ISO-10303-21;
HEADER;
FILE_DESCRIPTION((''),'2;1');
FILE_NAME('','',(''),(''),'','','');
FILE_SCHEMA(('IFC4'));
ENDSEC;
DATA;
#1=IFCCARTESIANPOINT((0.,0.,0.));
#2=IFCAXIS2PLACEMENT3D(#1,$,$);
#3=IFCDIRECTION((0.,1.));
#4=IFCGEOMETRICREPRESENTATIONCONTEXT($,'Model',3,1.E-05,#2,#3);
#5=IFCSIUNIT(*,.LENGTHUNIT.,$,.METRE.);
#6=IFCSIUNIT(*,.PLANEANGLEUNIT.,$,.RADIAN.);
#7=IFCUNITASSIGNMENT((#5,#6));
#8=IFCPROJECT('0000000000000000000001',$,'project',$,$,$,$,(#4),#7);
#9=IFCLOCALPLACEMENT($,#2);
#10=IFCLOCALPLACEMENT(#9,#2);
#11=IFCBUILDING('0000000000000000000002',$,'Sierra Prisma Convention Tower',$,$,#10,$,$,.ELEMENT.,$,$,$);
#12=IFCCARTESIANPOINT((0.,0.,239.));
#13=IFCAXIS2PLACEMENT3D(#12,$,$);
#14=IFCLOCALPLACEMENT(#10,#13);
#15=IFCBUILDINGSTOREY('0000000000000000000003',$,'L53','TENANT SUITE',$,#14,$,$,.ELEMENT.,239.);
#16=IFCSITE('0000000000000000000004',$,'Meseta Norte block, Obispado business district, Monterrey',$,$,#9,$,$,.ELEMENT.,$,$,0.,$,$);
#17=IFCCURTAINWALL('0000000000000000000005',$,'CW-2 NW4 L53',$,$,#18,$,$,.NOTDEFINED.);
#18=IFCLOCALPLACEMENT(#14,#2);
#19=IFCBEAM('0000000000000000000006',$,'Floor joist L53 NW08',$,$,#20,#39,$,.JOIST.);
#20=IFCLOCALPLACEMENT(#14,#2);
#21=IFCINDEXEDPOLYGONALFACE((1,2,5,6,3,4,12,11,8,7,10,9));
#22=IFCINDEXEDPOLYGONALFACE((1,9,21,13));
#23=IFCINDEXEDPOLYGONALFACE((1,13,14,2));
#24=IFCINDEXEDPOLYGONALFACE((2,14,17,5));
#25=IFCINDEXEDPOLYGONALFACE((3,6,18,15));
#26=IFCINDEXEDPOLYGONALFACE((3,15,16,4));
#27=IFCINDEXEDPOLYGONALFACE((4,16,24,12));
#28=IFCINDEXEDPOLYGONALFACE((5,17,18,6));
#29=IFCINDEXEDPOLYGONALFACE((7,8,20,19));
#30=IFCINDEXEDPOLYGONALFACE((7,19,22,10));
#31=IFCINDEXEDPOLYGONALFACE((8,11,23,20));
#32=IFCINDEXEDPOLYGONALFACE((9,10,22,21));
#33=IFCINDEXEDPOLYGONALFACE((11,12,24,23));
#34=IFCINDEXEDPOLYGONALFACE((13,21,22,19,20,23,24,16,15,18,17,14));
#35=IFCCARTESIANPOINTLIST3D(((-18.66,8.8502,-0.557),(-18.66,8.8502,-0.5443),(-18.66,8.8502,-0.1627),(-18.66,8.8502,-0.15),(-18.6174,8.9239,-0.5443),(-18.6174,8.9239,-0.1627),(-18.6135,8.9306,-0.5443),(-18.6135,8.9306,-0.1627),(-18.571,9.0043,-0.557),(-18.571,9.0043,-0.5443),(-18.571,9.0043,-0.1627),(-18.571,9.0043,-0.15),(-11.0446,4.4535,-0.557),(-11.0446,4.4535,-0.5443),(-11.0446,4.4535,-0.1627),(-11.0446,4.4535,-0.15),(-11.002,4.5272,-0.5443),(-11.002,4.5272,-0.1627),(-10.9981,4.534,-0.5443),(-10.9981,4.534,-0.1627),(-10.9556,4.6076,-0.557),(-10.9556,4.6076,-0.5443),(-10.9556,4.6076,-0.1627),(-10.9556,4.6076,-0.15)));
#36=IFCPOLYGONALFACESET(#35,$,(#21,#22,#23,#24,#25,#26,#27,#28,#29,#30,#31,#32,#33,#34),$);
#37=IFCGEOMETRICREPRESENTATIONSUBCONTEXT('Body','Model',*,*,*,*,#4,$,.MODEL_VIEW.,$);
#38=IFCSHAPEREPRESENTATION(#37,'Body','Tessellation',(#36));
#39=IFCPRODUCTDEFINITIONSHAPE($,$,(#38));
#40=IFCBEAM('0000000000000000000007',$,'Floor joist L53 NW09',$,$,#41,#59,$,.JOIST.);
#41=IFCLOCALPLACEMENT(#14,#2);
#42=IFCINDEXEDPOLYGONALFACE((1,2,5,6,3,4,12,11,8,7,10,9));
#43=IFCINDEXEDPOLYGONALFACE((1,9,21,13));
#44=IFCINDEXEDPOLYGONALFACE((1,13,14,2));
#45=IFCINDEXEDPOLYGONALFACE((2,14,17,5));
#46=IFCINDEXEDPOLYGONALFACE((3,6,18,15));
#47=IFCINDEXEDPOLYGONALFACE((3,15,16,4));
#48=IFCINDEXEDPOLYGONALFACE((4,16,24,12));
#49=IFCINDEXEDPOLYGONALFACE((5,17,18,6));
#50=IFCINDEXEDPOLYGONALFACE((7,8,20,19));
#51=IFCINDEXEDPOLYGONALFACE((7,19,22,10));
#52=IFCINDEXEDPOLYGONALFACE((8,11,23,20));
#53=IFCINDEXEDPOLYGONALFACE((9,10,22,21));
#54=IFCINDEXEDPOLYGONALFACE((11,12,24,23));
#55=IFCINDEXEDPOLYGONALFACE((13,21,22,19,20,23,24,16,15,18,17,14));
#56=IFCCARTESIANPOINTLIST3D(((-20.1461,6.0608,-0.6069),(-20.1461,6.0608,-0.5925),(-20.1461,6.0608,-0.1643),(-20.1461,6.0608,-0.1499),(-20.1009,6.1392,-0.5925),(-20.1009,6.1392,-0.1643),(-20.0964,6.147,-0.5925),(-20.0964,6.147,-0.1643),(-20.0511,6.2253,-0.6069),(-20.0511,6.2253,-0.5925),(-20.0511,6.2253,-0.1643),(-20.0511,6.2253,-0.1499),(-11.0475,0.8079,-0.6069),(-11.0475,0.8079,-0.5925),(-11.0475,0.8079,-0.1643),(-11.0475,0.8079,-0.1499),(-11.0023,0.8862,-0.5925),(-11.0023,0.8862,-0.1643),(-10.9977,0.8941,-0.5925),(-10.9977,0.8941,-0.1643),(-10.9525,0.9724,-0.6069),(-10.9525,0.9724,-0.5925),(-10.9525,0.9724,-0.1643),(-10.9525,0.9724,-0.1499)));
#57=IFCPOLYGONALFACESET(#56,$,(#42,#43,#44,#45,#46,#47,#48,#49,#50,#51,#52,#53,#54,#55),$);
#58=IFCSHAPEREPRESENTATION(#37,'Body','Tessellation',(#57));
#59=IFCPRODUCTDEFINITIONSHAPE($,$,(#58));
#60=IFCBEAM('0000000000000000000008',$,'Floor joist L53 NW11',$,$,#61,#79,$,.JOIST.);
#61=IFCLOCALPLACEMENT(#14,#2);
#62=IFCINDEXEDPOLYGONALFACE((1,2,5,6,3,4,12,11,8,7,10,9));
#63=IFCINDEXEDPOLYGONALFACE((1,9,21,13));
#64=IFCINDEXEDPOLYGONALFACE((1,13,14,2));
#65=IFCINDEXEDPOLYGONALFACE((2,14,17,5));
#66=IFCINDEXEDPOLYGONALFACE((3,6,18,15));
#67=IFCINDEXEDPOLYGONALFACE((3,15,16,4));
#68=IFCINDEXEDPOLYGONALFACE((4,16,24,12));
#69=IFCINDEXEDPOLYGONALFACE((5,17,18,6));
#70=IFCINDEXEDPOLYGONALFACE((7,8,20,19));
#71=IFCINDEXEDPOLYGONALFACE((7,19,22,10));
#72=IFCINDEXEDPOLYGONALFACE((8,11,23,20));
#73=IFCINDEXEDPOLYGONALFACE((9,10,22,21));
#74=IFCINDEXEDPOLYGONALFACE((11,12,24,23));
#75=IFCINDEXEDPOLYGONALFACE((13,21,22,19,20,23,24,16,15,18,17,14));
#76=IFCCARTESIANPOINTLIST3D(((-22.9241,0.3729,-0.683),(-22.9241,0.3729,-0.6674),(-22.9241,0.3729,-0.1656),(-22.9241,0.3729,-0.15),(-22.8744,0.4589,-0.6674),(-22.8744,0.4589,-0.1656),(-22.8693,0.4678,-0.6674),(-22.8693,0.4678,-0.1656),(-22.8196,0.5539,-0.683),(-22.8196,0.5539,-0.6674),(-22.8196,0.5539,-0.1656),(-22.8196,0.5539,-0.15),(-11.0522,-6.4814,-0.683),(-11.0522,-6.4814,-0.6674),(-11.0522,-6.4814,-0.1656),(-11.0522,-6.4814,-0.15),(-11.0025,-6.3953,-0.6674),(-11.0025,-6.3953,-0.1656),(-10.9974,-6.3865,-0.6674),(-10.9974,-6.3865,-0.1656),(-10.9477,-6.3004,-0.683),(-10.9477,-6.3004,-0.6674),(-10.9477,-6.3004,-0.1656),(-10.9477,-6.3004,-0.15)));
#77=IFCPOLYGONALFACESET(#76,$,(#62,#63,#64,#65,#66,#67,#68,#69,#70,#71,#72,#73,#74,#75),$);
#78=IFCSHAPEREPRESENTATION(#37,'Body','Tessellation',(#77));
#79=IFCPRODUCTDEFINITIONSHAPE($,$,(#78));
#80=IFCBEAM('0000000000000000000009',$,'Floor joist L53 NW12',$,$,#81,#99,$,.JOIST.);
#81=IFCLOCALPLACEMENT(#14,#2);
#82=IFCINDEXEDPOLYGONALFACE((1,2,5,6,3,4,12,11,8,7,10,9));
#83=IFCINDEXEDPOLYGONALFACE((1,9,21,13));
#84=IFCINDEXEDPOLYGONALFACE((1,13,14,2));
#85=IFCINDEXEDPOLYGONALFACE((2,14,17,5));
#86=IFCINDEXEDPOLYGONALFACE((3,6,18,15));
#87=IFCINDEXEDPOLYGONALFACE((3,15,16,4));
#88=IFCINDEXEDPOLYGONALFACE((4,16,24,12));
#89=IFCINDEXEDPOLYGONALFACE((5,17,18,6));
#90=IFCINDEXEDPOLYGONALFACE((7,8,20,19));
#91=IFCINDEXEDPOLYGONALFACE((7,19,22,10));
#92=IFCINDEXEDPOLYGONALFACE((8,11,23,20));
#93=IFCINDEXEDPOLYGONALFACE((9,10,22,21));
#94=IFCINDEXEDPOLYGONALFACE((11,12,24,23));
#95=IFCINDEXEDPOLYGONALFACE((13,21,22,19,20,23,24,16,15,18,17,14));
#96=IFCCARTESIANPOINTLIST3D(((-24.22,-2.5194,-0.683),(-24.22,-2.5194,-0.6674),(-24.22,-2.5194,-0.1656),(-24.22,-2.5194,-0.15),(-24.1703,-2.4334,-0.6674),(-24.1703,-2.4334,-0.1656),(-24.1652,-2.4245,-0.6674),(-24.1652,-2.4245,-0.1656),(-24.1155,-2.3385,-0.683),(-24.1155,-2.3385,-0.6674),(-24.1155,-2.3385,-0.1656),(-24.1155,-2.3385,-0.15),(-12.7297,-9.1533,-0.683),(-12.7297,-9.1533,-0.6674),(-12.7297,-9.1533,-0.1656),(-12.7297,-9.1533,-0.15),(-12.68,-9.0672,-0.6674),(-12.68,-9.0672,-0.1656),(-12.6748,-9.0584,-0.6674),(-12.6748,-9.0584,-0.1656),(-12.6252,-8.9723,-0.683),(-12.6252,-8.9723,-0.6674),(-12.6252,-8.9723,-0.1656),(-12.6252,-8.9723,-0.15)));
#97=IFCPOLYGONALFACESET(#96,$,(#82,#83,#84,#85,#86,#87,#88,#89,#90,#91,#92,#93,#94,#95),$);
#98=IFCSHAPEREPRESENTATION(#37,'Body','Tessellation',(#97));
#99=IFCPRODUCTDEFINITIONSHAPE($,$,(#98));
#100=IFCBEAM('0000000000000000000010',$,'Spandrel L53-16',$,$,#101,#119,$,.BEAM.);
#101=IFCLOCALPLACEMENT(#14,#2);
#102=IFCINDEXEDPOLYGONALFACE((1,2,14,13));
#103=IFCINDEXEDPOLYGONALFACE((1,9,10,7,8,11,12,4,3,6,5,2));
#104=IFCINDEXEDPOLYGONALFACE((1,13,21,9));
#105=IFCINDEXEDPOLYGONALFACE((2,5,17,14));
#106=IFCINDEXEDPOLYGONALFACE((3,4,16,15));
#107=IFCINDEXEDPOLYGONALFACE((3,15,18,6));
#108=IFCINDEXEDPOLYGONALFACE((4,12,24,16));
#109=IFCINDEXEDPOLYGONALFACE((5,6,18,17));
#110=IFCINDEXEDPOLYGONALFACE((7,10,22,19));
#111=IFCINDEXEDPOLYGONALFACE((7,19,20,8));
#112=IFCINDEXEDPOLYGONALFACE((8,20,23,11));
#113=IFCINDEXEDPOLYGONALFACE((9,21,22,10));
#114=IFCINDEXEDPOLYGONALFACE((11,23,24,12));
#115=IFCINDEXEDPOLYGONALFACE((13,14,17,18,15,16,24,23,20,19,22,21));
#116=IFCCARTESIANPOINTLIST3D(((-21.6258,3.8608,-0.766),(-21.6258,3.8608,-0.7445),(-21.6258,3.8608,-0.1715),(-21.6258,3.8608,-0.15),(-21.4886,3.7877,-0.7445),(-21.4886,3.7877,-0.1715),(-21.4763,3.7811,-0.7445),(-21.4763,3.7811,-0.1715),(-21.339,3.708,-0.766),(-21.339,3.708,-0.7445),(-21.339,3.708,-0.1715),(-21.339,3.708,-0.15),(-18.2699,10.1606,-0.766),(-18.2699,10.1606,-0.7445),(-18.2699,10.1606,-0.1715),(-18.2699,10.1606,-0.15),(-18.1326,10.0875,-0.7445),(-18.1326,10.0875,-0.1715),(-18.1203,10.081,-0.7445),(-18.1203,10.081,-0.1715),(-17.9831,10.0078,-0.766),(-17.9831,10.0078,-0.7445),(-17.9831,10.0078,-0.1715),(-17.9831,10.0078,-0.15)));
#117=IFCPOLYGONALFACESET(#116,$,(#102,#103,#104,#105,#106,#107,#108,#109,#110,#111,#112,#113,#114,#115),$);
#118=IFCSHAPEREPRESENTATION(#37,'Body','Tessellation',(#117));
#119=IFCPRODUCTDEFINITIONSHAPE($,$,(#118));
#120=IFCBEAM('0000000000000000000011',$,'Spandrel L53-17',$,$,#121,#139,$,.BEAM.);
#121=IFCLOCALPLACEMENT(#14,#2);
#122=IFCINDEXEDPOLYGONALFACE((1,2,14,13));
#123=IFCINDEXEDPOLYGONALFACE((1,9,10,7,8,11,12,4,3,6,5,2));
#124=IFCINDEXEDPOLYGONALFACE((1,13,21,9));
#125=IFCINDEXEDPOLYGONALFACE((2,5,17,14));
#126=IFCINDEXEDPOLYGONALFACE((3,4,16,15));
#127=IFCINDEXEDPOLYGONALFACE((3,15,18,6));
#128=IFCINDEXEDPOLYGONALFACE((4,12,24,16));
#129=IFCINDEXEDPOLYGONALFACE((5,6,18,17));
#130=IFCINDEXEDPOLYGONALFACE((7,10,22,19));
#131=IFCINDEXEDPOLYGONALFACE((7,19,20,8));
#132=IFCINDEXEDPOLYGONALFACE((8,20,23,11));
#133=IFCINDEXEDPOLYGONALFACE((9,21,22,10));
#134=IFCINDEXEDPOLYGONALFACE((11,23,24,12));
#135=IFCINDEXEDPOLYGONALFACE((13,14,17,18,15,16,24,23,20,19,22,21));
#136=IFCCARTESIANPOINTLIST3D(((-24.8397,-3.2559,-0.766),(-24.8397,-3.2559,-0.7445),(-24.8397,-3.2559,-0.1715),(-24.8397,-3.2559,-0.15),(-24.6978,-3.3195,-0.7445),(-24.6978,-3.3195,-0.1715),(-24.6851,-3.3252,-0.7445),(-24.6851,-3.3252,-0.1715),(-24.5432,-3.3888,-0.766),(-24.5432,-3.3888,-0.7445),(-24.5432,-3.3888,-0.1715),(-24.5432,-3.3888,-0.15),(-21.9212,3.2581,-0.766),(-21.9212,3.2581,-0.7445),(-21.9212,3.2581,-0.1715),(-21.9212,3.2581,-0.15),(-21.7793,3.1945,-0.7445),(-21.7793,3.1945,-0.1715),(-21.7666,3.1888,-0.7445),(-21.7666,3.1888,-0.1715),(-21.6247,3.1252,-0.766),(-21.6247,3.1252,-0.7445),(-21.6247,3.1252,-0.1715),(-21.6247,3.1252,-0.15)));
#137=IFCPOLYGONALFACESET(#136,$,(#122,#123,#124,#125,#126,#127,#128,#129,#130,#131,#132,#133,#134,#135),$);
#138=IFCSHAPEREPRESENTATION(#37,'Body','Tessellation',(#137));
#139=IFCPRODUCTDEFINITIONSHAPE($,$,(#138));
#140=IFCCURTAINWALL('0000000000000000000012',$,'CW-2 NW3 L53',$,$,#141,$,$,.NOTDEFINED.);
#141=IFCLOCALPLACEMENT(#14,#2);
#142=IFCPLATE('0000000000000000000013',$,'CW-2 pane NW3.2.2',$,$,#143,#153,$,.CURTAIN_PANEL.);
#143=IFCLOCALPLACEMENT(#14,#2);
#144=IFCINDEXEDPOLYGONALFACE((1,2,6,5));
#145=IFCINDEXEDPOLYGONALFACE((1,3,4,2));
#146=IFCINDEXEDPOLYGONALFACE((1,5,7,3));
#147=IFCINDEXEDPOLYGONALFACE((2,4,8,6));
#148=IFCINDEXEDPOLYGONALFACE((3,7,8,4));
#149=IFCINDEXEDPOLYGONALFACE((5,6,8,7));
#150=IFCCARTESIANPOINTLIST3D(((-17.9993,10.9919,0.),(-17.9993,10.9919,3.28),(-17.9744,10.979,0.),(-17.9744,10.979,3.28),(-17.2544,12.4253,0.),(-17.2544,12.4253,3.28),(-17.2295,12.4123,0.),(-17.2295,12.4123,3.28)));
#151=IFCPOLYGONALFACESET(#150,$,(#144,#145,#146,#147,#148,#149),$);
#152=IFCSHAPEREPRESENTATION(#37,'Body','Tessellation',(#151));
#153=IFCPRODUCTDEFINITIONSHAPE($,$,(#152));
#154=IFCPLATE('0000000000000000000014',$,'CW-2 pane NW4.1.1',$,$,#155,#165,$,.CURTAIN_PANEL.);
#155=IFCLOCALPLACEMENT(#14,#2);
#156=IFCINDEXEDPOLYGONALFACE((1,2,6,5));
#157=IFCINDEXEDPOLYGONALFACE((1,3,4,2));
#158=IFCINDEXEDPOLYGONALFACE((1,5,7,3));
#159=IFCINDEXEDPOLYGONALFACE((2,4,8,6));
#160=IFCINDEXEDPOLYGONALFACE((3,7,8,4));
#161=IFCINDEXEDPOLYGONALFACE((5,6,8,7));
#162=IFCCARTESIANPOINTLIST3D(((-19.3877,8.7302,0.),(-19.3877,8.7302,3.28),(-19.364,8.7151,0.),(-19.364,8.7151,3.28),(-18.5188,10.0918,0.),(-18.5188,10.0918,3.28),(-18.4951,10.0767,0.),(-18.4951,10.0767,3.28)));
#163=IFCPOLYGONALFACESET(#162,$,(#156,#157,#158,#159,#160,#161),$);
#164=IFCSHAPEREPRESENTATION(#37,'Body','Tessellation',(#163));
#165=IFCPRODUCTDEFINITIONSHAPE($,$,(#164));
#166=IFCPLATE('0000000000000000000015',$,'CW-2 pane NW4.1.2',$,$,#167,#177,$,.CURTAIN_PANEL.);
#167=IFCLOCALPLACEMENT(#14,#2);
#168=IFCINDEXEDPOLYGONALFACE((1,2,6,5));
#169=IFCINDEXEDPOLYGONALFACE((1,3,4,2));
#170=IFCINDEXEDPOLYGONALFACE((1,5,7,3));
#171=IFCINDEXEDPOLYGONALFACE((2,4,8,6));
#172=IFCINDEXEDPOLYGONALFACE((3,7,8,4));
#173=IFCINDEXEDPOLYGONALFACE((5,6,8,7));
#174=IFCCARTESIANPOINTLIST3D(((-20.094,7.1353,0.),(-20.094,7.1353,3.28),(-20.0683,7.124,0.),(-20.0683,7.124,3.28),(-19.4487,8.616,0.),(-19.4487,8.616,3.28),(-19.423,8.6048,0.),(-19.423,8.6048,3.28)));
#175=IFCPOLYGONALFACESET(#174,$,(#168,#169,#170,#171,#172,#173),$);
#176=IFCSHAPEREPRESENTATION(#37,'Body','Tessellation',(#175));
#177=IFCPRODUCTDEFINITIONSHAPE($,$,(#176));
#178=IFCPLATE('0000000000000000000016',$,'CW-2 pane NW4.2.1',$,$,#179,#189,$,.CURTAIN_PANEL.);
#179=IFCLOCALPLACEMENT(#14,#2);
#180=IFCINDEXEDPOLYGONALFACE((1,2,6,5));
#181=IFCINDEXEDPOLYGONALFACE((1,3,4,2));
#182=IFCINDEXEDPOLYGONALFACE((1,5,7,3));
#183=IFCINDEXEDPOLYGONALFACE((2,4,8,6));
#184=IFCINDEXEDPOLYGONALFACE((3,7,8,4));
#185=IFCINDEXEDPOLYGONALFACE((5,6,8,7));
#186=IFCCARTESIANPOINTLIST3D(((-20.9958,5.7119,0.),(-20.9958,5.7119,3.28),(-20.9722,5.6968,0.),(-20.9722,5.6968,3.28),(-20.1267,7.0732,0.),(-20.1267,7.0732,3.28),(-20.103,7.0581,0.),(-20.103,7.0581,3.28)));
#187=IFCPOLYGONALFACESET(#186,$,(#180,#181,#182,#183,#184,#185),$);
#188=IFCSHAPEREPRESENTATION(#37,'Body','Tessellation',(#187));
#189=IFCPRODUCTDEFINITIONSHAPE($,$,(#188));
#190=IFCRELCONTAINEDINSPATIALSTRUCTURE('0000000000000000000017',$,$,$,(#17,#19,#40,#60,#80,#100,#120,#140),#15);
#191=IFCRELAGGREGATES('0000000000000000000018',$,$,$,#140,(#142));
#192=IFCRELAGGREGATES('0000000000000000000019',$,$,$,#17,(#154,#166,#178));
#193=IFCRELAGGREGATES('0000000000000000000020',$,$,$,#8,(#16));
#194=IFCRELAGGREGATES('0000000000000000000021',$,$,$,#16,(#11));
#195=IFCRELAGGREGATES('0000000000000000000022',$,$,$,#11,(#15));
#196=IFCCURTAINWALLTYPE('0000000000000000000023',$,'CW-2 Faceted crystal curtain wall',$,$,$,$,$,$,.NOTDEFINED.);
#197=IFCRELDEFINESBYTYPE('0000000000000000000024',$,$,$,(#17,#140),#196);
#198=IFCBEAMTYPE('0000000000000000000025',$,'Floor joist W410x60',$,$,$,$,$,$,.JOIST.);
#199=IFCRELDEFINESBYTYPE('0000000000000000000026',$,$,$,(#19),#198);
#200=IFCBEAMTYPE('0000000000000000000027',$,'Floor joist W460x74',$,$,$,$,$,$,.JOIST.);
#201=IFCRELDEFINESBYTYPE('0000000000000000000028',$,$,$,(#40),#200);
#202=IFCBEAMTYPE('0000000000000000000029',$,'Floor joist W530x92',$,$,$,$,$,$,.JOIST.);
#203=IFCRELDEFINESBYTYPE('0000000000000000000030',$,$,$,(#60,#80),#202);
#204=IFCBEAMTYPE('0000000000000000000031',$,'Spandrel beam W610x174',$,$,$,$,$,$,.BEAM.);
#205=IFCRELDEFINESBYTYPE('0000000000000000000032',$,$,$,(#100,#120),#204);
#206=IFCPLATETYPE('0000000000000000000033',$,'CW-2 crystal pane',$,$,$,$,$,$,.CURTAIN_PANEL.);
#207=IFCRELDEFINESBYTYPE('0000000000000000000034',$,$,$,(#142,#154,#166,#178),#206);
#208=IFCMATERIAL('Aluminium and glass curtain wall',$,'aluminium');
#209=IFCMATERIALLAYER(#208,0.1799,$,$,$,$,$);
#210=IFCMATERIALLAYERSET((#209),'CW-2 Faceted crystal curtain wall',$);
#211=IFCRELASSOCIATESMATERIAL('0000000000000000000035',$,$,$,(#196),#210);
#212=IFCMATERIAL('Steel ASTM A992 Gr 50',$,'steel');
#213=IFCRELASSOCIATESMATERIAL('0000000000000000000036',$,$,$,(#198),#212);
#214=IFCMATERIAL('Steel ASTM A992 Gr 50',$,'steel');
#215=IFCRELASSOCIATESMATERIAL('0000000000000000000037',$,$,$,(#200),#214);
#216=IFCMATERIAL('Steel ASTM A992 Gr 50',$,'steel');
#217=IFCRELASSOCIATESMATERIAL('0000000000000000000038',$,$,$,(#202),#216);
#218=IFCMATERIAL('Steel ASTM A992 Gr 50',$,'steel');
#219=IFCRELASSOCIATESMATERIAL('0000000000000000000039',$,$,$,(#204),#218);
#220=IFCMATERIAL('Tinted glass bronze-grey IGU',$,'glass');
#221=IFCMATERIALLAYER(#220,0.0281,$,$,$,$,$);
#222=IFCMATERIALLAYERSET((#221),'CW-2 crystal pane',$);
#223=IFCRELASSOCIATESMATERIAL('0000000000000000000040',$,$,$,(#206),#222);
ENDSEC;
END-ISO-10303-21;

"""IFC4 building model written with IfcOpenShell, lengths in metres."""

from ifc_helpers import new_model, si_unit, direction, frame, origin, origin_2d, place, context, subcontext, project, spatial, polyline, i_section, outline, extrude, material, layer, layer_set, material_profile, profile_set, type_object, element, aggregate, save


model = new_model("IFC4")

# Units and contexts
model_context = context("Model", 3, precision=1e-05, world=origin(), true_north=direction((0.0, 1.0)))
body_context = subcontext(model_context, "Body", "Model", "MODEL_VIEW")
ifc_project = project(units=[si_unit("LENGTHUNIT", "METRE"), si_unit("PLANEANGLEUNIT", "RADIAN")], contexts=[model_context])

# Site, building, storey
site_placement = place(None, origin())
site = spatial("IfcSite", under=ifc_project, at=site_placement, Name="Meseta Norte block, Obispado business district, Monterrey", CompositionType="ELEMENT", RefElevation=0.0)
building_placement = place(site_placement, origin())
building = spatial("IfcBuilding", under=site, at=building_placement, Name="Sierra Prisma Convention Tower", CompositionType="ELEMENT")
storey_placement = place(building_placement, frame((0.0, 0.0, 239.0)))
storey = spatial("IfcBuildingStorey", under=building, at=storey_placement, Name="L53", Description="TENANT SUITE", CompositionType="ELEMENT", Elevation=239.0)

# Curtain wall
ifc_material_1 = material(Name="Aluminium and glass curtain wall", Category="aluminium")
ifc_layer_1 = layer(ifc_material_1, 0.1799)
ifc_layer_set_1 = layer_set([ifc_layer_1], Name="CW-2 Faceted crystal curtain wall")
curtain_wall_type = type_object("IfcCurtainWallType", Name="CW-2 Faceted crystal curtain wall", PredefinedType="NOTDEFINED", material=ifc_layer_set_1)
curtain_wall_1_placement = place(storey_placement, origin())
curtain_wall_1 = element("IfcCurtainWall", 1, at=curtain_wall_1_placement, inside=storey, type_object=curtain_wall_type, Name="CW-2 NW4 L53", PredefinedType="NOTDEFINED")

# Beams
ifc_material_2 = material(Name="Steel ASTM A992 Gr 50", Category="steel")
ifc_material_profile_1 = material_profile(ifc_material_2, i_section(OverallWidth=0.178, OverallDepth=0.407, WebThickness=0.0078, FlangeThickness=0.0127, at=origin_2d()), Name="W410x60")
ifc_profile_set_1 = profile_set([ifc_material_profile_1], Name="Steel ASTM A992 Gr 50")
beam_type_1 = type_object("IfcBeamType", Name="Floor joist W410x60", PredefinedType="JOIST", material=ifc_profile_set_1)
beam_1_placement = place(storey_placement, frame((-18.6155, 8.9272, -0.3535), z_axis=(0.866029, -0.499994, 0.0), x_axis=(0.499994, 0.866029, 0.0)))
element("IfcBeam", 2, at=beam_1_placement, inside=storey, type_object=beam_type_1, Name="Floor joist L53 NW08", PredefinedType="JOIST", context=body_context, shape_type="SweptSolid", body=[
    extrude(i_section(OverallWidth=0.178, OverallDepth=0.407, WebThickness=0.0078, FlangeThickness=0.0127, at=origin_2d()), origin(), (0.0, 0.0, 1.0), 8.7935),
])
ifc_material_3 = material(Name="Steel ASTM A992 Gr 50", Category="steel")
ifc_material_profile_2 = material_profile(ifc_material_3, i_section(OverallWidth=0.1899, OverallDepth=0.457, WebThickness=0.009, FlangeThickness=0.0144, at=origin_2d()), Name="W460x74")
ifc_profile_set_2 = profile_set([ifc_material_profile_2], Name="Steel ASTM A992 Gr 50")
beam_type_2 = type_object("IfcBeamType", Name="Floor joist W460x74", PredefinedType="JOIST", material=ifc_profile_set_2)
beam_2_placement = place(storey_placement, frame((-20.0986, 6.1431, -0.3784), z_axis=(0.866032, -0.499988, 0.0), x_axis=(0.499988, 0.866032, 0.0)))
element("IfcBeam", 3, at=beam_2_placement, inside=storey, type_object=beam_type_2, Name="Floor joist L53 NW09", PredefinedType="JOIST", context=body_context, shape_type="SweptSolid", body=[
    extrude(i_section(OverallWidth=0.1899, OverallDepth=0.457, WebThickness=0.009, FlangeThickness=0.0144, at=origin_2d()), origin(), (0.0, 0.0, 1.0), 10.5061),
])
ifc_material_4 = material(Name="Steel ASTM A992 Gr 50", Category="steel")
ifc_material_profile_3 = material_profile(ifc_material_4, i_section(OverallWidth=0.209, OverallDepth=0.533, WebThickness=0.0103, FlangeThickness=0.0156, at=origin_2d()), Name="W530x92")
ifc_profile_set_3 = profile_set([ifc_material_profile_3], Name="Steel ASTM A992 Gr 50")
beam_type_3 = type_object("IfcBeamType", Name="Floor joist W530x92", PredefinedType="JOIST", material=ifc_profile_set_3)
beam_3_placement = place(storey_placement, frame((-22.8718, 0.4634, -0.4165), z_axis=(0.866024, -0.500003, 0.0), x_axis=(0.500003, 0.866024, 0.0)))
element("IfcBeam", 4, at=beam_3_placement, inside=storey, type_object=beam_type_3, Name="Floor joist L53 NW11", PredefinedType="JOIST", context=body_context, shape_type="SweptSolid", body=[
    extrude(i_section(OverallWidth=0.209, OverallDepth=0.533, WebThickness=0.0103, FlangeThickness=0.0156, at=origin_2d()), origin(), (0.0, 0.0, 1.0), 13.7085),
])
beam_4_placement = place(storey_placement, frame((-24.1677, -2.429, -0.4165), z_axis=(0.866029, -0.499994, 0.0), x_axis=(0.499994, 0.866029, 0.0)))
element("IfcBeam", 5, at=beam_4_placement, inside=storey, type_object=beam_type_3, Name="Floor joist L53 NW12", PredefinedType="JOIST", context=body_context, shape_type="SweptSolid", body=[
    extrude(i_section(OverallWidth=0.209, OverallDepth=0.533, WebThickness=0.0103, FlangeThickness=0.0156, at=origin_2d()), origin(), (0.0, 0.0, 1.0), 13.2678),
])
ifc_material_5 = material(Name="Steel ASTM A992 Gr 50", Category="steel")
ifc_material_profile_4 = material_profile(ifc_material_5, i_section(OverallWidth=0.325, OverallDepth=0.616, WebThickness=0.0139, FlangeThickness=0.0215, at=origin_2d()), Name="W610x174")
ifc_profile_set_4 = profile_set([ifc_material_profile_4], Name="Steel ASTM A992 Gr 50")
beam_type_4 = type_object("IfcBeamType", Name="Spandrel beam W610x174", PredefinedType="BEAM", material=ifc_profile_set_4)
for number, where, z_axis, x_axis, name in (
    (6, (-18.1265, 10.0842, -0.458), (-0.470159, -0.882582, 0.0), (0.882582, -0.470159, 0.0), "Spandrel L53-16"),
    (7, (-21.7729, 3.1917, -0.458), (-0.408872, -0.912592, 0.0), (0.912592, -0.408872, 0.0), "Spandrel L53-17"),
):
    element("IfcBeam", number, at=place(storey_placement, frame(where, z_axis=z_axis, x_axis=x_axis)), inside=storey, type_object=beam_type_4, Name=name, PredefinedType="BEAM", context=body_context, shape_type="SweptSolid", body=[
        extrude(i_section(OverallWidth=0.325, OverallDepth=0.616, WebThickness=0.0139, FlangeThickness=0.0215, at=origin_2d()), origin(), (0.0, 0.0, 1.0), 7.1379),
    ])

# Curtain wall, plate
curtain_wall_2_placement = place(storey_placement, origin())
curtain_wall_2 = element("IfcCurtainWall", 8, at=curtain_wall_2_placement, inside=storey, type_object=curtain_wall_type, Name="CW-2 NW3 L53", PredefinedType="NOTDEFINED")
ifc_material_6 = material(Name="Tinted glass bronze-grey IGU", Category="glass")
ifc_layer_2 = layer(ifc_material_6, 0.0281)
ifc_layer_set_2 = layer_set([ifc_layer_2], Name="CW-2 crystal pane")
plate_type = type_object("IfcPlateType", Name="CW-2 crystal pane", PredefinedType="CURTAIN_PANEL", material=ifc_layer_set_2)
plate_1_placement = place(storey_placement, frame((-17.9993, 10.9919, 0.0), z_axis=(-0.887336, 0.461124, 0.0), x_axis=(0.461124, 0.887336, 0.0)))
plate_1 = element("IfcPlate", 9, at=plate_1_placement, type_object=plate_type, Name="CW-2 pane NW3.2.2", PredefinedType="CURTAIN_PANEL", context=body_context, shape_type="SweptSolid", body=[
    extrude(outline(polyline([(0.0, 0.0), (1.6153, 0.0), (1.6153, -3.28), (0.0, -3.28), (0.0, 0.0)])), origin(), (0.0, 0.0, -1.0), 0.0281),
])
aggregate(curtain_wall_2, [plate_1])

# Plates
plate_2_placement = place(storey_placement, frame((-18.5188, 10.0918, 0.0), z_axis=(-0.842976, 0.537951, 0.0), x_axis=(-0.537951, -0.842976, 0.0)))
plate_2 = element("IfcPlate", 10, at=plate_2_placement, type_object=plate_type, Name="CW-2 pane NW4.1.1", PredefinedType="CURTAIN_PANEL", context=body_context, shape_type="SweptSolid", body=[
    extrude(outline(polyline([(0.0, 0.0), (1.6152, 0.0), (1.6152, 3.28), (0.0, 3.28), (0.0, 0.0)])), origin(), (0.0, 0.0, -1.0), 0.0281),
])
plate_3_placement = place(storey_placement, frame((-20.094, 7.1353, 0.0), z_axis=(-0.916736, 0.399494, 0.0), x_axis=(0.399494, 0.916736, 0.0)))
plate_3 = element("IfcPlate", 11, at=plate_3_placement, type_object=plate_type, Name="CW-2 pane NW4.1.2", PredefinedType="CURTAIN_PANEL", context=body_context, shape_type="SweptSolid", body=[
    extrude(outline(polyline([(0.0, 0.0), (1.6152, 0.0), (1.6152, -3.28), (0.0, -3.28), (0.0, 0.0)])), origin(), (0.0, 0.0, -1.0), 0.0281),
])
plate_4_placement = place(storey_placement, frame((-20.1267, 7.0732, 0.0), z_axis=(-0.842864, 0.538127, 0.0), x_axis=(-0.538127, -0.842864, 0.0)))
plate_4 = element("IfcPlate", 12, at=plate_4_placement, type_object=plate_type, Name="CW-2 pane NW4.2.1", PredefinedType="CURTAIN_PANEL", context=body_context, shape_type="SweptSolid", body=[
    extrude(outline(polyline([(0.0, 0.0), (1.6151, 0.0), (1.6151, 3.28), (0.0, 3.28), (0.0, 0.0)])), origin(), (0.0, 0.0, -1.0), 0.0281),
])
aggregate(curtain_wall_1, [plate_2, plate_3, plate_4])

save(model, "model.ifc")
